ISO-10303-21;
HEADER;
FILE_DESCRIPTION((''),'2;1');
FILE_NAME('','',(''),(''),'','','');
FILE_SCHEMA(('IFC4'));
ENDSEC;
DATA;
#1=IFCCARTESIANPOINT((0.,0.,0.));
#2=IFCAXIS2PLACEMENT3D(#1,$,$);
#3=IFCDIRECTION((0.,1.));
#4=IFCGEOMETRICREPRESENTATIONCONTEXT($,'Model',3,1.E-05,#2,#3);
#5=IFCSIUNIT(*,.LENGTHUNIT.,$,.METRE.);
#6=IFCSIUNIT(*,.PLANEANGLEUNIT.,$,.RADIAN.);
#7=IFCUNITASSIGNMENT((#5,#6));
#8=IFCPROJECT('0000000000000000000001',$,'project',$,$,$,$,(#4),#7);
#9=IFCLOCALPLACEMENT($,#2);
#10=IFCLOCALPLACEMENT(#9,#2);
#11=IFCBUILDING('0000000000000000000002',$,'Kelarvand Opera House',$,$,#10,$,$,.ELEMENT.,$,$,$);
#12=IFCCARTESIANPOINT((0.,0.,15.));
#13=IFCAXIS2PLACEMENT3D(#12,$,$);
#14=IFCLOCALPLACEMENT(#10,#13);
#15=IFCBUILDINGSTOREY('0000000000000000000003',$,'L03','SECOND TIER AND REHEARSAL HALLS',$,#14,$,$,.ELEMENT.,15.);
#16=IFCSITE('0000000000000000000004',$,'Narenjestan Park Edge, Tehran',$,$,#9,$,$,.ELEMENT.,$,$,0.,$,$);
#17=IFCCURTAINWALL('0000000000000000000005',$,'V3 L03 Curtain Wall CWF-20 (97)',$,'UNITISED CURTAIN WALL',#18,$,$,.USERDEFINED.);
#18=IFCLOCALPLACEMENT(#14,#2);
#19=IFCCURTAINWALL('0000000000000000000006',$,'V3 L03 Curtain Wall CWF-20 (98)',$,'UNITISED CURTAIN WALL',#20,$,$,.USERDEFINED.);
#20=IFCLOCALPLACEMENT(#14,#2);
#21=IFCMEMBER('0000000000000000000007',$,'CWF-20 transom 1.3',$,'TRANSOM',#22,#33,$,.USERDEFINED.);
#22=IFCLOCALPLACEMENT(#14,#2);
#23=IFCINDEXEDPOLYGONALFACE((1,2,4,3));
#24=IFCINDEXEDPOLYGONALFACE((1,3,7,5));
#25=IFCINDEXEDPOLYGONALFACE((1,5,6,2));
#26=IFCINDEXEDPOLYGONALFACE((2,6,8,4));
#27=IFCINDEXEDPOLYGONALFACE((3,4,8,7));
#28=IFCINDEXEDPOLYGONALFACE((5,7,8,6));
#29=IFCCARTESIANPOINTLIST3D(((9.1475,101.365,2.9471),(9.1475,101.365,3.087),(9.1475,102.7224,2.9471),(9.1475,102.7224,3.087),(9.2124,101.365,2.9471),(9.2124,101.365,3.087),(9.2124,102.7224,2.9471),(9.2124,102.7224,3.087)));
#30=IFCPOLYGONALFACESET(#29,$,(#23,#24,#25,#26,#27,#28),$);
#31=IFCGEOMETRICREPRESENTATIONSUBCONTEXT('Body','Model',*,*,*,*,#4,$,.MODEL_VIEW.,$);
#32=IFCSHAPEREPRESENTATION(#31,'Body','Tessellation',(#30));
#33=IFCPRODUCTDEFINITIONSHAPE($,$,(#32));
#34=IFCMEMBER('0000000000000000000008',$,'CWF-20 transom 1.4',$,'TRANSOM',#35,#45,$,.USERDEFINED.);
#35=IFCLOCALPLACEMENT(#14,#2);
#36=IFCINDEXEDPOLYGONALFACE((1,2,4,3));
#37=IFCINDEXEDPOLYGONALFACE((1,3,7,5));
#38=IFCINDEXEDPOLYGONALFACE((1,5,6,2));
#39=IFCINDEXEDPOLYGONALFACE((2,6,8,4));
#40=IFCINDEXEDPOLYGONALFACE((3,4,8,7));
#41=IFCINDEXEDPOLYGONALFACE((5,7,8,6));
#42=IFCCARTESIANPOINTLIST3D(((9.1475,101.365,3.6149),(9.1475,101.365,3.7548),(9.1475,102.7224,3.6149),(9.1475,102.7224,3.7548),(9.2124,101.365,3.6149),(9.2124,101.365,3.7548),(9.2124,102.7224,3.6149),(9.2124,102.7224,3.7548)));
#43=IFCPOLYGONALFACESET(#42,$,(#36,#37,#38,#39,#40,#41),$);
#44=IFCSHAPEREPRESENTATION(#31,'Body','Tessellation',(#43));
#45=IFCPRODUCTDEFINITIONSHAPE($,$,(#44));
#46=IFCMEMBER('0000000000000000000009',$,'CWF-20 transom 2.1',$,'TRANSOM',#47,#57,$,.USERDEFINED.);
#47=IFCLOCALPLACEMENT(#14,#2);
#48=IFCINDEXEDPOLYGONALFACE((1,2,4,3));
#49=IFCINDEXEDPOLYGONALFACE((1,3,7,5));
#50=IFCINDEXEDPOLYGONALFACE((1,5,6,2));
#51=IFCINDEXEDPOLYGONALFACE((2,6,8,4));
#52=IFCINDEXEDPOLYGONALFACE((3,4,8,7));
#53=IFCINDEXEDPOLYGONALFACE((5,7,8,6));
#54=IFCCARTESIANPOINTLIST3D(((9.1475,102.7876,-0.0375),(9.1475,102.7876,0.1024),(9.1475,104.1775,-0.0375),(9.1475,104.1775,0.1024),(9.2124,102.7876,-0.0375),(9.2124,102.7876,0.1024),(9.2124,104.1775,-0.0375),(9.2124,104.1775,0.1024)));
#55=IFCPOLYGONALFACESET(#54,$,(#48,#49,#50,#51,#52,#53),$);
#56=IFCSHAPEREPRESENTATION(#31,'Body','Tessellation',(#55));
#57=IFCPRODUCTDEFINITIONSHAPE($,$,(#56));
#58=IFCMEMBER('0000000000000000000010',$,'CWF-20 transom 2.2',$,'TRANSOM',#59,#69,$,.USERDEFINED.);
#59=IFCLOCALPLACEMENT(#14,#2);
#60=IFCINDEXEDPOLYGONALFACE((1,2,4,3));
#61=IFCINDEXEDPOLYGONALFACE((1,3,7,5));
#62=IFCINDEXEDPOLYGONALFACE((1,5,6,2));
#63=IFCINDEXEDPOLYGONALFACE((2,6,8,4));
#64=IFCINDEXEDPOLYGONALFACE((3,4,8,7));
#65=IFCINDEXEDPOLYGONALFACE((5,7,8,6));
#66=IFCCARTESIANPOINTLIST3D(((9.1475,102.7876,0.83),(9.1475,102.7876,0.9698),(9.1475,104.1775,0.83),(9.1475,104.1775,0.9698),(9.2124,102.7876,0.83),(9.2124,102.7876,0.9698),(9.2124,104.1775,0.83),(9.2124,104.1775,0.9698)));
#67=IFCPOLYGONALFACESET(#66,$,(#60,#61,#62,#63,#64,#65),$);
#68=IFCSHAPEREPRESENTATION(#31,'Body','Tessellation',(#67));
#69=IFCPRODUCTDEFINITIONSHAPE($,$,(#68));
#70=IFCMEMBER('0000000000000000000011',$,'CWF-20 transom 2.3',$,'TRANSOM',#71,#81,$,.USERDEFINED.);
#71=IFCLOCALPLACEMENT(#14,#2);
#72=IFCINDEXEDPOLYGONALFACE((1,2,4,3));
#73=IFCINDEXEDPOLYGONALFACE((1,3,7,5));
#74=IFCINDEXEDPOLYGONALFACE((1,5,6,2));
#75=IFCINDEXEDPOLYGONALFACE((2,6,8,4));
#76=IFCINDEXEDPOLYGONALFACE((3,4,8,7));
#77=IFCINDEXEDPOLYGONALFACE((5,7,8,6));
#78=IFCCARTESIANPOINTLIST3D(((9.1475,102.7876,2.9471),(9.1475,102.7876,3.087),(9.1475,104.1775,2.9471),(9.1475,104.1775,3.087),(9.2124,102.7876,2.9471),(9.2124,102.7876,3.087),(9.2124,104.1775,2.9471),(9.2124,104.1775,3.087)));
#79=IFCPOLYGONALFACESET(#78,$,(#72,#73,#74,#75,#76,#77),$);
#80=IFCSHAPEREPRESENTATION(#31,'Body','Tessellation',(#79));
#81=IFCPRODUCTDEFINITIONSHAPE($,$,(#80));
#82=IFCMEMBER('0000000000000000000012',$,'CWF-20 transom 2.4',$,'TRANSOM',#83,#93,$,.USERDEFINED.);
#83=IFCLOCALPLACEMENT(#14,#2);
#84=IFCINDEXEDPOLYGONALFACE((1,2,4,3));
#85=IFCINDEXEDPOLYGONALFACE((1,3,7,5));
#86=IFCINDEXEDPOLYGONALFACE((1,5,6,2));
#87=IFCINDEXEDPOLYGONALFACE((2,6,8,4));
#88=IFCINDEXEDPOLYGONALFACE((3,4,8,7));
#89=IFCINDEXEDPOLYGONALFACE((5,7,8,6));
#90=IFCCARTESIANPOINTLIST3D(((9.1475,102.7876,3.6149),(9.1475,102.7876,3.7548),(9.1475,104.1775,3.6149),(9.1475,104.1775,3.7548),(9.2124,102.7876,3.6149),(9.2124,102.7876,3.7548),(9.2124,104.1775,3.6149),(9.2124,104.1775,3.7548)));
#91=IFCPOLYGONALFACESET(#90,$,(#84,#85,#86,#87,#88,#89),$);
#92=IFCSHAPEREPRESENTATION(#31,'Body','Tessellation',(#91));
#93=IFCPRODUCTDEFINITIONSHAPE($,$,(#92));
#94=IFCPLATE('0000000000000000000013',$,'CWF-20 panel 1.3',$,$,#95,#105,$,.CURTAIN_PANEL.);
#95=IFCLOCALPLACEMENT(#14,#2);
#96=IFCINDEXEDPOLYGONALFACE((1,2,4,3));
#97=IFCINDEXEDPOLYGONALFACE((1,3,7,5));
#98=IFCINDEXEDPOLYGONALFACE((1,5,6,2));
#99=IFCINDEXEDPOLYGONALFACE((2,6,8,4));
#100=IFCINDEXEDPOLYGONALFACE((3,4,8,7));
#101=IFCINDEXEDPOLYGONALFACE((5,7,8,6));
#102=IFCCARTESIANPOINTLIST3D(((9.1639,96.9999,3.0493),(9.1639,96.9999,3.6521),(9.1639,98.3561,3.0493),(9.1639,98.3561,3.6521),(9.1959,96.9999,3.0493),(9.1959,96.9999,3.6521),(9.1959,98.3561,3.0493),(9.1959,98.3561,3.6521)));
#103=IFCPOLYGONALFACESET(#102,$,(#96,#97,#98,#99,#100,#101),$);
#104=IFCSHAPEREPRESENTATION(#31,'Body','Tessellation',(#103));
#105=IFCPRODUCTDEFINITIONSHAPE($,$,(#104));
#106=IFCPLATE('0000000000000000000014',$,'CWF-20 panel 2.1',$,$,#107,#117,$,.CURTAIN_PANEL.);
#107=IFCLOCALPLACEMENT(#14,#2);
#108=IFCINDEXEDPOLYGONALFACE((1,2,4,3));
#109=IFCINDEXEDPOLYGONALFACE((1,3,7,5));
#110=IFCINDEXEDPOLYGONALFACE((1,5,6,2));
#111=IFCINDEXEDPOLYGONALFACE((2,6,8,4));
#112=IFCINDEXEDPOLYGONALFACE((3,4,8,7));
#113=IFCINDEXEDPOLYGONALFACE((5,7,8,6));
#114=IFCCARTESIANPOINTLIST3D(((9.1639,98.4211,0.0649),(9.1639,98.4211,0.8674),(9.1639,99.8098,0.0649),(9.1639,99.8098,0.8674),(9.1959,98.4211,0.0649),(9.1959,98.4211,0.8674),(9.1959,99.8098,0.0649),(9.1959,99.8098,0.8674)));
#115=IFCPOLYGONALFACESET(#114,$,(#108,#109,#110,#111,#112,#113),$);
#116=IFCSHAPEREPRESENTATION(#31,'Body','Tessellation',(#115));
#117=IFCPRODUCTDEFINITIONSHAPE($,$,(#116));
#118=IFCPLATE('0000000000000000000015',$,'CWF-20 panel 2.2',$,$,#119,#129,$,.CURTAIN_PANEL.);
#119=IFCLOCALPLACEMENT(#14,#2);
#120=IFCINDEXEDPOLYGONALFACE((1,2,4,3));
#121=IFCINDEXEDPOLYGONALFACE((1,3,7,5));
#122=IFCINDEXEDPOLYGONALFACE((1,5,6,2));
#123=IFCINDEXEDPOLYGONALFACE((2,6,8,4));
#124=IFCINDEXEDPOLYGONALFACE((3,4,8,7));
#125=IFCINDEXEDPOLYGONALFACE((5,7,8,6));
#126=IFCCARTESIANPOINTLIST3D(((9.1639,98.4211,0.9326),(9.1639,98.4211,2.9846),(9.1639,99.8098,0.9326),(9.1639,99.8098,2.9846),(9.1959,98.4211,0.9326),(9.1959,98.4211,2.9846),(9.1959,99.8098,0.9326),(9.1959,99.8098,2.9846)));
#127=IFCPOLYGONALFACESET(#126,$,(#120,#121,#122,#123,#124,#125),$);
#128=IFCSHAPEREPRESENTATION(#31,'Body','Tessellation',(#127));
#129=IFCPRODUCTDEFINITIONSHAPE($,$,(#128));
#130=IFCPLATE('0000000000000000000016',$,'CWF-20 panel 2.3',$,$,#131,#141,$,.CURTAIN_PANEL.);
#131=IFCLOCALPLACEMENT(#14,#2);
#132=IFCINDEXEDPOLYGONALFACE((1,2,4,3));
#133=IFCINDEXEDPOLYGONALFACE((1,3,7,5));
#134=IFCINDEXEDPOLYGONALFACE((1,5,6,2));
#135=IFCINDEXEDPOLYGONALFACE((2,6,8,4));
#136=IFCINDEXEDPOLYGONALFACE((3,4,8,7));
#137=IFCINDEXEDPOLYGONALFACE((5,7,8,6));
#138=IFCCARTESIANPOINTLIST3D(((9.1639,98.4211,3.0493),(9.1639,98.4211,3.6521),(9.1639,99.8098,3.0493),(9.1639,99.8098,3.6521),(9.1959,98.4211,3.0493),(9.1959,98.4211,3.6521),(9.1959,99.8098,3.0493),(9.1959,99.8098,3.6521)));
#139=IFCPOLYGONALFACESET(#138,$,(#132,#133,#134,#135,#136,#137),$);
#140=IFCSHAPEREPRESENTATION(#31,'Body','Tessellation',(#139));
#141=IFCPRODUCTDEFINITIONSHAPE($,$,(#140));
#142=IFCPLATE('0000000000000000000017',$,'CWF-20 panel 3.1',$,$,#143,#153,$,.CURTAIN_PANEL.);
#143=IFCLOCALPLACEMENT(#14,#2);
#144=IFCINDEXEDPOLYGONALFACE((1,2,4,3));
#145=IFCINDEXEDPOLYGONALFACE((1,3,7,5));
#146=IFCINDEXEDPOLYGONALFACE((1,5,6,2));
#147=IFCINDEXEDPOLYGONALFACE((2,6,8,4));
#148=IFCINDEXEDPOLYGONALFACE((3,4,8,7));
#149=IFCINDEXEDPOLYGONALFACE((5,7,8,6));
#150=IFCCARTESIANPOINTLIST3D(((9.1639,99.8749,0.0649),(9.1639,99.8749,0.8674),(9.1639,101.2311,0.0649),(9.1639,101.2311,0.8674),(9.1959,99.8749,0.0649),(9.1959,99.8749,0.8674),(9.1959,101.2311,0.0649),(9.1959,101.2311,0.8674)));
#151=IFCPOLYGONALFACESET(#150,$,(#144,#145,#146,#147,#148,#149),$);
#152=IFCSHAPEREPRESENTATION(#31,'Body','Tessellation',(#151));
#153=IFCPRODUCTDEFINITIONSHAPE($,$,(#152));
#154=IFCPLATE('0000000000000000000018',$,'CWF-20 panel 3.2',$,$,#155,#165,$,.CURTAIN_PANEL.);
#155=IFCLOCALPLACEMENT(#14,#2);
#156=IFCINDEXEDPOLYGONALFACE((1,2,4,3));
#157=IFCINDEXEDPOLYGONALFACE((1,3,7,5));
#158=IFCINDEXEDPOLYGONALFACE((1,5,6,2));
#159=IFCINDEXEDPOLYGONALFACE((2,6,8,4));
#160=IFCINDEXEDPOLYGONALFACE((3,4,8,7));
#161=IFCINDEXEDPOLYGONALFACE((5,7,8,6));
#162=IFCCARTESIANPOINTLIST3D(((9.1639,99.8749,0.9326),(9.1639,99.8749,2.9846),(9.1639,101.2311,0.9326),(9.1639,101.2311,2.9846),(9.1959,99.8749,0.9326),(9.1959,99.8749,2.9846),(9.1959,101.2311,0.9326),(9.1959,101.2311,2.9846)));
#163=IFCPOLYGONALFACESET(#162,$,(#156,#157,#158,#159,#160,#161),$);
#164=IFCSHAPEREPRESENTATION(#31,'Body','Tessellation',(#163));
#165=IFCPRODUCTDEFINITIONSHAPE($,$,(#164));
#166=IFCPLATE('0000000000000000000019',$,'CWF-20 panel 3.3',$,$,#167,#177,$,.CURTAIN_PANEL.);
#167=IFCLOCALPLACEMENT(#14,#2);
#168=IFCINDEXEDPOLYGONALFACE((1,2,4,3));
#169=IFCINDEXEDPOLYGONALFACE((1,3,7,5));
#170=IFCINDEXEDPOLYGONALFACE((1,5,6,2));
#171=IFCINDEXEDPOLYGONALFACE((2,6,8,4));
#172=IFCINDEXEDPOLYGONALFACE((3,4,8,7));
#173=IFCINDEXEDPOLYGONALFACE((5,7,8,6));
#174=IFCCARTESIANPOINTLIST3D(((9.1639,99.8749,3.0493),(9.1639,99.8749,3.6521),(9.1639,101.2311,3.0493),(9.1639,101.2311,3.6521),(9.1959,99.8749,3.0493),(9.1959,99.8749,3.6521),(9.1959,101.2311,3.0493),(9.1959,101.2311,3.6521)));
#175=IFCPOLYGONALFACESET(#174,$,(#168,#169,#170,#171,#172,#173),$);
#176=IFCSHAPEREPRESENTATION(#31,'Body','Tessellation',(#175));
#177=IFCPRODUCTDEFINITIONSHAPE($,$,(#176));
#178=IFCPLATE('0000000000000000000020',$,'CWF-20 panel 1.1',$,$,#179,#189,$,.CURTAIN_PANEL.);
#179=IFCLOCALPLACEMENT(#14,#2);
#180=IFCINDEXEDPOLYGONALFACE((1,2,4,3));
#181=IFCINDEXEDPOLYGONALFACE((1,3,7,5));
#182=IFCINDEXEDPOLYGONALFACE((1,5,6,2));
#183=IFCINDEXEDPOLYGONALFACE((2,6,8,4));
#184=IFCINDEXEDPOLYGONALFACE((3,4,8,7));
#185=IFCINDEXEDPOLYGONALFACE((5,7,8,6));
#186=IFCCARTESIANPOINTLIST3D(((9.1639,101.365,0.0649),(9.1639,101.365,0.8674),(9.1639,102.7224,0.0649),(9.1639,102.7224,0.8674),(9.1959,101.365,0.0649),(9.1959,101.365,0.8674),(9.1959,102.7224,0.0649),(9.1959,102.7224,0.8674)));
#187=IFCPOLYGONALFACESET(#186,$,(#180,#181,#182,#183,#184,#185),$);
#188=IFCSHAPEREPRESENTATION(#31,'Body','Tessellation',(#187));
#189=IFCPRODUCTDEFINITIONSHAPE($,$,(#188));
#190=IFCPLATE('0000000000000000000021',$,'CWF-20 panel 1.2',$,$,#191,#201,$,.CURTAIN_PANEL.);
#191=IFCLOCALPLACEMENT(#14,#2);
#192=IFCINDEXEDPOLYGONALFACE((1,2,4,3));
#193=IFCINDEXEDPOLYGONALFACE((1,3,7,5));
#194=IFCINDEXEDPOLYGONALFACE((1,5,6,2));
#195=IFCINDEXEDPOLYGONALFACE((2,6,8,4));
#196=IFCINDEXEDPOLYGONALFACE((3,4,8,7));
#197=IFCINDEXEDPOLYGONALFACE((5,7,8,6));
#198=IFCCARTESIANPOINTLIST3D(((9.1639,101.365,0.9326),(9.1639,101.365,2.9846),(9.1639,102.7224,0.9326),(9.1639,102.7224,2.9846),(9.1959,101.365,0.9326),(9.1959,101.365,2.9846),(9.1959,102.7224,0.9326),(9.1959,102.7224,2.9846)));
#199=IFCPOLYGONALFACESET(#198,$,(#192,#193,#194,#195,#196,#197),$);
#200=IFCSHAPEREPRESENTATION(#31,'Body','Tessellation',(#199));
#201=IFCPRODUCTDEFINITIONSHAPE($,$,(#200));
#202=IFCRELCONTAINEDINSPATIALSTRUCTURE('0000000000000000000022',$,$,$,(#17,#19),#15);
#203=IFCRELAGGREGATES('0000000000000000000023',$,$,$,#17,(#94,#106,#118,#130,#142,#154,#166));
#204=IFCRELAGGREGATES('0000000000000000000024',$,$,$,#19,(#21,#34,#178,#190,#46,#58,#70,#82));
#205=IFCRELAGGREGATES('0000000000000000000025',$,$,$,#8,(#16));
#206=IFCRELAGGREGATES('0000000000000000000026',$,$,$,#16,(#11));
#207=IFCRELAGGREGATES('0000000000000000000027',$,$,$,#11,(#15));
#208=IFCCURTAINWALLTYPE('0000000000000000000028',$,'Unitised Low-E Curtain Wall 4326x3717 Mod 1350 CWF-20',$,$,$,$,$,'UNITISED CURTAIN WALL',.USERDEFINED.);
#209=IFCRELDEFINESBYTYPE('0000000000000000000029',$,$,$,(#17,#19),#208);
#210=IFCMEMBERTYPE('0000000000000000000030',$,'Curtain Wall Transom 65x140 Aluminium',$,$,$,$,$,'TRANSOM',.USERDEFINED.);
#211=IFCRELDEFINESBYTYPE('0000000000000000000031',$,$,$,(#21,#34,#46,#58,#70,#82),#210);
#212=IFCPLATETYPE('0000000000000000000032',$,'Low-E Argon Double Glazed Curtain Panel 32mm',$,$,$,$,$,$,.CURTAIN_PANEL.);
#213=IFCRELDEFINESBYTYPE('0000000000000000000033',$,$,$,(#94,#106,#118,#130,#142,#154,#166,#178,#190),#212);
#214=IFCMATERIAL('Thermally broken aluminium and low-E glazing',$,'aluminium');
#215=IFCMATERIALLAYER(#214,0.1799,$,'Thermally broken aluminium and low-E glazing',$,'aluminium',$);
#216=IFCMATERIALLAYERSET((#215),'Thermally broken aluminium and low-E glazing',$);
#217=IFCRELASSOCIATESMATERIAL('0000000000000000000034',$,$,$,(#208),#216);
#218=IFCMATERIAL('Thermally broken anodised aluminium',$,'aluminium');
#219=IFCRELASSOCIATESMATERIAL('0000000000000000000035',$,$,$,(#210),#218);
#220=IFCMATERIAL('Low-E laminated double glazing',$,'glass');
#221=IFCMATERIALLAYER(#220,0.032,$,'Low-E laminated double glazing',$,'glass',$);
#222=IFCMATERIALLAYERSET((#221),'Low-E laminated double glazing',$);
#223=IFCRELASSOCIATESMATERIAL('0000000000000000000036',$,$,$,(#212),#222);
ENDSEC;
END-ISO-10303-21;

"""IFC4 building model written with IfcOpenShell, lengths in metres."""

from ifc_helpers import new_model, si_unit, direction, frame, origin, origin_2d, place, context, subcontext, project, spatial, rectangle, extrude, material, layer, layer_set, material_profile, profile_set, type_object, element, aggregate, save


model = new_model("IFC4")

# Units and contexts
model_context = context("Model", 3, precision=1e-05, world=origin(), true_north=direction((0.0, 1.0)))
body_context = subcontext(model_context, "Body", "Model", "MODEL_VIEW")
ifc_project = project(units=[si_unit("LENGTHUNIT", "METRE"), si_unit("PLANEANGLEUNIT", "RADIAN")], contexts=[model_context])

# Site, building, storey
site_placement = place(None, origin())
site = spatial("IfcSite", under=ifc_project, at=site_placement, Name="Narenjestan Park Edge, Tehran", CompositionType="ELEMENT", RefElevation=0.0)
building_placement = place(site_placement, origin())
building = spatial("IfcBuilding", under=site, at=building_placement, Name="Kelarvand Opera House", CompositionType="ELEMENT")
storey_placement = place(building_placement, frame((0.0, 0.0, 15.0)))
storey = spatial("IfcBuildingStorey", under=building, at=storey_placement, Name="L03", Description="SECOND TIER AND REHEARSAL HALLS", CompositionType="ELEMENT", Elevation=15.0)

# Curtain walls
ifc_material_1 = material(Name="Thermally broken aluminium and low-E glazing", Category="aluminium")
ifc_layer_1 = layer(ifc_material_1, 0.1799, Name="Thermally broken aluminium and low-E glazing", Category="aluminium")
ifc_layer_set_1 = layer_set([ifc_layer_1], Name="Thermally broken aluminium and low-E glazing")
curtain_wall_type = type_object("IfcCurtainWallType", Name="Unitised Low-E Curtain Wall 4326x3717 Mod 1350 CWF-20", ElementType="UNITISED CURTAIN WALL", PredefinedType="USERDEFINED", material=ifc_layer_set_1)
curtain_wall_1_placement = place(storey_placement, origin())
curtain_wall_1 = element("IfcCurtainWall", 1, at=curtain_wall_1_placement, inside=storey, type_object=curtain_wall_type, Name="V3 L03 Curtain Wall CWF-20 (97)", ObjectType="UNITISED CURTAIN WALL", PredefinedType="USERDEFINED")
ifc_material_2 = material(Name="Thermally broken anodised aluminium", Category="aluminium")
curtain_wall_2_placement = place(storey_placement, origin())
curtain_wall_2 = element("IfcCurtainWall", 2, at=curtain_wall_2_placement, inside=storey, type_object=curtain_wall_type, Name="V3 L03 Curtain Wall CWF-20 (98)", ObjectType="UNITISED CURTAIN WALL", PredefinedType="USERDEFINED")

# Members
ifc_material_profile_1 = material_profile(ifc_material_2, rectangle(XDim=0.0649, YDim=0.1399, at=origin_2d()), Name="ALU TRANSOM 65x140", Category="aluminium")
ifc_profile_set_1 = profile_set([ifc_material_profile_1], Name="Thermally broken anodised aluminium")
member_type_1 = type_object("IfcMemberType", Name="Curtain Wall Transom 65x140 Aluminium", ElementType="TRANSOM", PredefinedType="USERDEFINED", material=ifc_profile_set_1)
member_1_placement = place(storey_placement, frame((9.1799, 101.365, 3.0171), z_axis=(0.0, 1.0, 0.0), x_axis=(-1.0, 0.0, 0.0)))
member_1 = element("IfcMember", 3, at=member_1_placement, type_object=member_type_1, Name="CWF-20 transom 1.3", ObjectType="TRANSOM", PredefinedType="USERDEFINED", context=body_context, shape_type="SweptSolid", body=[
    extrude(rectangle(XDim=0.0649, YDim=0.1399, at=origin_2d()), origin(), (0.0, 0.0, 1.0), 1.3574),
])
member_2_placement = place(storey_placement, frame((9.1799, 101.365, 3.6848), z_axis=(0.0, 1.0, 0.0), x_axis=(-1.0, 0.0, 0.0)))
member_2 = element("IfcMember", 4, at=member_2_placement, type_object=member_type_1, Name="CWF-20 transom 1.4", ObjectType="TRANSOM", PredefinedType="USERDEFINED", context=body_context, shape_type="SweptSolid", body=[
    extrude(rectangle(XDim=0.0649, YDim=0.1399, at=origin_2d()), origin(), (0.0, 0.0, 1.0), 1.3574),
])
member_3_placement = place(storey_placement, frame((9.1799, 102.7876, 0.0325), z_axis=(0.0, 1.0, 0.0), x_axis=(-1.0, 0.0, 0.0)))
member_3 = element("IfcMember", 5, at=member_3_placement, type_object=member_type_1, Name="CWF-20 transom 2.1", ObjectType="TRANSOM", PredefinedType="USERDEFINED", context=body_context, shape_type="SweptSolid", body=[
    extrude(rectangle(XDim=0.0649, YDim=0.1399, at=origin_2d()), origin(), (0.0, 0.0, 1.0), 1.3899),
])
member_4_placement = place(storey_placement, frame((9.1799, 102.7876, 0.8999), z_axis=(0.0, 1.0, 0.0), x_axis=(-1.0, 0.0, 0.0)))
member_4 = element("IfcMember", 6, at=member_4_placement, type_object=member_type_1, Name="CWF-20 transom 2.2", ObjectType="TRANSOM", PredefinedType="USERDEFINED", context=body_context, shape_type="SweptSolid", body=[
    extrude(rectangle(XDim=0.0649, YDim=0.1399, at=origin_2d()), origin(), (0.0, 0.0, 1.0), 1.3899),
])
member_5_placement = place(storey_placement, frame((9.1799, 102.7876, 3.0171), z_axis=(0.0, 1.0, 0.0), x_axis=(-1.0, 0.0, 0.0)))
member_5 = element("IfcMember", 7, at=member_5_placement, type_object=member_type_1, Name="CWF-20 transom 2.3", ObjectType="TRANSOM", PredefinedType="USERDEFINED", context=body_context, shape_type="SweptSolid", body=[
    extrude(rectangle(XDim=0.0649, YDim=0.1399, at=origin_2d()), origin(), (0.0, 0.0, 1.0), 1.3899),
])
member_6_placement = place(storey_placement, frame((9.1799, 102.7876, 3.6848), z_axis=(0.0, 1.0, 0.0), x_axis=(-1.0, 0.0, 0.0)))
member_6 = element("IfcMember", 8, at=member_6_placement, type_object=member_type_1, Name="CWF-20 transom 2.4", ObjectType="TRANSOM", PredefinedType="USERDEFINED", context=body_context, shape_type="SweptSolid", body=[
    extrude(rectangle(XDim=0.0649, YDim=0.1399, at=origin_2d()), origin(), (0.0, 0.0, 1.0), 1.3899),
])

# Plates
ifc_material_3 = material(Name="Low-E laminated double glazing", Category="glass")
ifc_layer_2 = layer(ifc_material_3, 0.032, Name="Low-E laminated double glazing", Category="glass")
ifc_layer_set_2 = layer_set([ifc_layer_2], Name="Low-E laminated double glazing")
plate_type = type_object("IfcPlateType", Name="Low-E Argon Double Glazed Curtain Panel 32mm", PredefinedType="CURTAIN_PANEL", material=ifc_layer_set_2)
plate_1_placement = place(storey_placement, frame((9.1799, 97.678, 3.0493), z_axis=(0.0, 0.0, 1.0), x_axis=(0.0, 1.0, 0.0)))
plate_1 = element("IfcPlate", 9, at=plate_1_placement, type_object=plate_type, Name="CWF-20 panel 1.3", PredefinedType="CURTAIN_PANEL", context=body_context, shape_type="SweptSolid", body=[
    extrude(rectangle(XDim=1.3562, YDim=0.032, at=origin_2d()), origin(), (0.0, 0.0, 1.0), 0.6028),
])
plate_2_placement = place(storey_placement, frame((9.1799, 99.1155, 0.0649), z_axis=(0.0, 0.0, 1.0), x_axis=(0.0, 1.0, 0.0)))
plate_2 = element("IfcPlate", 10, at=plate_2_placement, type_object=plate_type, Name="CWF-20 panel 2.1", PredefinedType="CURTAIN_PANEL", context=body_context, shape_type="SweptSolid", body=[
    extrude(rectangle(XDim=1.3887, YDim=0.032, at=origin_2d()), origin(), (0.0, 0.0, 1.0), 0.8025),
])
plate_3_placement = place(storey_placement, frame((9.1799, 99.1155, 0.9326), z_axis=(0.0, 0.0, 1.0), x_axis=(0.0, 1.0, 0.0)))
plate_3 = element("IfcPlate", 11, at=plate_3_placement, type_object=plate_type, Name="CWF-20 panel 2.2", PredefinedType="CURTAIN_PANEL", context=body_context, shape_type="SweptSolid", body=[
    extrude(rectangle(XDim=1.3887, YDim=0.032, at=origin_2d()), origin(), (0.0, 0.0, 1.0), 2.052),
])
plate_4_placement = place(storey_placement, frame((9.1799, 99.1155, 3.0493), z_axis=(0.0, 0.0, 1.0), x_axis=(0.0, 1.0, 0.0)))
plate_4 = element("IfcPlate", 12, at=plate_4_placement, type_object=plate_type, Name="CWF-20 panel 2.3", PredefinedType="CURTAIN_PANEL", context=body_context, shape_type="SweptSolid", body=[
    extrude(rectangle(XDim=1.3887, YDim=0.032, at=origin_2d()), origin(), (0.0, 0.0, 1.0), 0.6028),
])
plate_5_placement = place(storey_placement, frame((9.1799, 100.553, 0.0649), z_axis=(0.0, 0.0, 1.0), x_axis=(0.0, 1.0, 0.0)))
plate_5 = element("IfcPlate", 13, at=plate_5_placement, type_object=plate_type, Name="CWF-20 panel 3.1", PredefinedType="CURTAIN_PANEL", context=body_context, shape_type="SweptSolid", body=[
    extrude(rectangle(XDim=1.3562, YDim=0.032, at=origin_2d()), origin(), (0.0, 0.0, 1.0), 0.8025),
])
plate_6_placement = place(storey_placement, frame((9.1799, 100.553, 0.9326), z_axis=(0.0, 0.0, 1.0), x_axis=(0.0, 1.0, 0.0)))
plate_6 = element("IfcPlate", 14, at=plate_6_placement, type_object=plate_type, Name="CWF-20 panel 3.2", PredefinedType="CURTAIN_PANEL", context=body_context, shape_type="SweptSolid", body=[
    extrude(rectangle(XDim=1.3562, YDim=0.032, at=origin_2d()), origin(), (0.0, 0.0, 1.0), 2.052),
])
plate_7_placement = place(storey_placement, frame((9.1799, 100.553, 3.0493), z_axis=(0.0, 0.0, 1.0), x_axis=(0.0, 1.0, 0.0)))
plate_7 = element("IfcPlate", 15, at=plate_7_placement, type_object=plate_type, Name="CWF-20 panel 3.3", PredefinedType="CURTAIN_PANEL", context=body_context, shape_type="SweptSolid", body=[
    extrude(rectangle(XDim=1.3562, YDim=0.032, at=origin_2d()), origin(), (0.0, 0.0, 1.0), 0.6028),
])
aggregate(curtain_wall_1, [plate_1, plate_2, plate_3, plate_4, plate_5, plate_6, plate_7])
plate_8_placement = place(storey_placement, frame((9.1799, 102.0437, 0.0649), z_axis=(0.0, 0.0, 1.0), x_axis=(0.0, 1.0, 0.0)))
plate_8 = element("IfcPlate", 16, at=plate_8_placement, type_object=plate_type, Name="CWF-20 panel 1.1", PredefinedType="CURTAIN_PANEL", context=body_context, shape_type="SweptSolid", body=[
    extrude(rectangle(XDim=1.3574, YDim=0.032, at=origin_2d()), origin(), (0.0, 0.0, 1.0), 0.8025),
])
plate_9_placement = place(storey_placement, frame((9.1799, 102.0437, 0.9326), z_axis=(0.0, 0.0, 1.0), x_axis=(0.0, 1.0, 0.0)))
plate_9 = element("IfcPlate", 17, at=plate_9_placement, type_object=plate_type, Name="CWF-20 panel 1.2", PredefinedType="CURTAIN_PANEL", context=body_context, shape_type="SweptSolid", body=[
    extrude(rectangle(XDim=1.3574, YDim=0.032, at=origin_2d()), origin(), (0.0, 0.0, 1.0), 2.052),
])
aggregate(curtain_wall_2, [member_1, member_2, plate_8, plate_9, member_3, member_4, member_5, member_6])

save(model, "model.ifc")
